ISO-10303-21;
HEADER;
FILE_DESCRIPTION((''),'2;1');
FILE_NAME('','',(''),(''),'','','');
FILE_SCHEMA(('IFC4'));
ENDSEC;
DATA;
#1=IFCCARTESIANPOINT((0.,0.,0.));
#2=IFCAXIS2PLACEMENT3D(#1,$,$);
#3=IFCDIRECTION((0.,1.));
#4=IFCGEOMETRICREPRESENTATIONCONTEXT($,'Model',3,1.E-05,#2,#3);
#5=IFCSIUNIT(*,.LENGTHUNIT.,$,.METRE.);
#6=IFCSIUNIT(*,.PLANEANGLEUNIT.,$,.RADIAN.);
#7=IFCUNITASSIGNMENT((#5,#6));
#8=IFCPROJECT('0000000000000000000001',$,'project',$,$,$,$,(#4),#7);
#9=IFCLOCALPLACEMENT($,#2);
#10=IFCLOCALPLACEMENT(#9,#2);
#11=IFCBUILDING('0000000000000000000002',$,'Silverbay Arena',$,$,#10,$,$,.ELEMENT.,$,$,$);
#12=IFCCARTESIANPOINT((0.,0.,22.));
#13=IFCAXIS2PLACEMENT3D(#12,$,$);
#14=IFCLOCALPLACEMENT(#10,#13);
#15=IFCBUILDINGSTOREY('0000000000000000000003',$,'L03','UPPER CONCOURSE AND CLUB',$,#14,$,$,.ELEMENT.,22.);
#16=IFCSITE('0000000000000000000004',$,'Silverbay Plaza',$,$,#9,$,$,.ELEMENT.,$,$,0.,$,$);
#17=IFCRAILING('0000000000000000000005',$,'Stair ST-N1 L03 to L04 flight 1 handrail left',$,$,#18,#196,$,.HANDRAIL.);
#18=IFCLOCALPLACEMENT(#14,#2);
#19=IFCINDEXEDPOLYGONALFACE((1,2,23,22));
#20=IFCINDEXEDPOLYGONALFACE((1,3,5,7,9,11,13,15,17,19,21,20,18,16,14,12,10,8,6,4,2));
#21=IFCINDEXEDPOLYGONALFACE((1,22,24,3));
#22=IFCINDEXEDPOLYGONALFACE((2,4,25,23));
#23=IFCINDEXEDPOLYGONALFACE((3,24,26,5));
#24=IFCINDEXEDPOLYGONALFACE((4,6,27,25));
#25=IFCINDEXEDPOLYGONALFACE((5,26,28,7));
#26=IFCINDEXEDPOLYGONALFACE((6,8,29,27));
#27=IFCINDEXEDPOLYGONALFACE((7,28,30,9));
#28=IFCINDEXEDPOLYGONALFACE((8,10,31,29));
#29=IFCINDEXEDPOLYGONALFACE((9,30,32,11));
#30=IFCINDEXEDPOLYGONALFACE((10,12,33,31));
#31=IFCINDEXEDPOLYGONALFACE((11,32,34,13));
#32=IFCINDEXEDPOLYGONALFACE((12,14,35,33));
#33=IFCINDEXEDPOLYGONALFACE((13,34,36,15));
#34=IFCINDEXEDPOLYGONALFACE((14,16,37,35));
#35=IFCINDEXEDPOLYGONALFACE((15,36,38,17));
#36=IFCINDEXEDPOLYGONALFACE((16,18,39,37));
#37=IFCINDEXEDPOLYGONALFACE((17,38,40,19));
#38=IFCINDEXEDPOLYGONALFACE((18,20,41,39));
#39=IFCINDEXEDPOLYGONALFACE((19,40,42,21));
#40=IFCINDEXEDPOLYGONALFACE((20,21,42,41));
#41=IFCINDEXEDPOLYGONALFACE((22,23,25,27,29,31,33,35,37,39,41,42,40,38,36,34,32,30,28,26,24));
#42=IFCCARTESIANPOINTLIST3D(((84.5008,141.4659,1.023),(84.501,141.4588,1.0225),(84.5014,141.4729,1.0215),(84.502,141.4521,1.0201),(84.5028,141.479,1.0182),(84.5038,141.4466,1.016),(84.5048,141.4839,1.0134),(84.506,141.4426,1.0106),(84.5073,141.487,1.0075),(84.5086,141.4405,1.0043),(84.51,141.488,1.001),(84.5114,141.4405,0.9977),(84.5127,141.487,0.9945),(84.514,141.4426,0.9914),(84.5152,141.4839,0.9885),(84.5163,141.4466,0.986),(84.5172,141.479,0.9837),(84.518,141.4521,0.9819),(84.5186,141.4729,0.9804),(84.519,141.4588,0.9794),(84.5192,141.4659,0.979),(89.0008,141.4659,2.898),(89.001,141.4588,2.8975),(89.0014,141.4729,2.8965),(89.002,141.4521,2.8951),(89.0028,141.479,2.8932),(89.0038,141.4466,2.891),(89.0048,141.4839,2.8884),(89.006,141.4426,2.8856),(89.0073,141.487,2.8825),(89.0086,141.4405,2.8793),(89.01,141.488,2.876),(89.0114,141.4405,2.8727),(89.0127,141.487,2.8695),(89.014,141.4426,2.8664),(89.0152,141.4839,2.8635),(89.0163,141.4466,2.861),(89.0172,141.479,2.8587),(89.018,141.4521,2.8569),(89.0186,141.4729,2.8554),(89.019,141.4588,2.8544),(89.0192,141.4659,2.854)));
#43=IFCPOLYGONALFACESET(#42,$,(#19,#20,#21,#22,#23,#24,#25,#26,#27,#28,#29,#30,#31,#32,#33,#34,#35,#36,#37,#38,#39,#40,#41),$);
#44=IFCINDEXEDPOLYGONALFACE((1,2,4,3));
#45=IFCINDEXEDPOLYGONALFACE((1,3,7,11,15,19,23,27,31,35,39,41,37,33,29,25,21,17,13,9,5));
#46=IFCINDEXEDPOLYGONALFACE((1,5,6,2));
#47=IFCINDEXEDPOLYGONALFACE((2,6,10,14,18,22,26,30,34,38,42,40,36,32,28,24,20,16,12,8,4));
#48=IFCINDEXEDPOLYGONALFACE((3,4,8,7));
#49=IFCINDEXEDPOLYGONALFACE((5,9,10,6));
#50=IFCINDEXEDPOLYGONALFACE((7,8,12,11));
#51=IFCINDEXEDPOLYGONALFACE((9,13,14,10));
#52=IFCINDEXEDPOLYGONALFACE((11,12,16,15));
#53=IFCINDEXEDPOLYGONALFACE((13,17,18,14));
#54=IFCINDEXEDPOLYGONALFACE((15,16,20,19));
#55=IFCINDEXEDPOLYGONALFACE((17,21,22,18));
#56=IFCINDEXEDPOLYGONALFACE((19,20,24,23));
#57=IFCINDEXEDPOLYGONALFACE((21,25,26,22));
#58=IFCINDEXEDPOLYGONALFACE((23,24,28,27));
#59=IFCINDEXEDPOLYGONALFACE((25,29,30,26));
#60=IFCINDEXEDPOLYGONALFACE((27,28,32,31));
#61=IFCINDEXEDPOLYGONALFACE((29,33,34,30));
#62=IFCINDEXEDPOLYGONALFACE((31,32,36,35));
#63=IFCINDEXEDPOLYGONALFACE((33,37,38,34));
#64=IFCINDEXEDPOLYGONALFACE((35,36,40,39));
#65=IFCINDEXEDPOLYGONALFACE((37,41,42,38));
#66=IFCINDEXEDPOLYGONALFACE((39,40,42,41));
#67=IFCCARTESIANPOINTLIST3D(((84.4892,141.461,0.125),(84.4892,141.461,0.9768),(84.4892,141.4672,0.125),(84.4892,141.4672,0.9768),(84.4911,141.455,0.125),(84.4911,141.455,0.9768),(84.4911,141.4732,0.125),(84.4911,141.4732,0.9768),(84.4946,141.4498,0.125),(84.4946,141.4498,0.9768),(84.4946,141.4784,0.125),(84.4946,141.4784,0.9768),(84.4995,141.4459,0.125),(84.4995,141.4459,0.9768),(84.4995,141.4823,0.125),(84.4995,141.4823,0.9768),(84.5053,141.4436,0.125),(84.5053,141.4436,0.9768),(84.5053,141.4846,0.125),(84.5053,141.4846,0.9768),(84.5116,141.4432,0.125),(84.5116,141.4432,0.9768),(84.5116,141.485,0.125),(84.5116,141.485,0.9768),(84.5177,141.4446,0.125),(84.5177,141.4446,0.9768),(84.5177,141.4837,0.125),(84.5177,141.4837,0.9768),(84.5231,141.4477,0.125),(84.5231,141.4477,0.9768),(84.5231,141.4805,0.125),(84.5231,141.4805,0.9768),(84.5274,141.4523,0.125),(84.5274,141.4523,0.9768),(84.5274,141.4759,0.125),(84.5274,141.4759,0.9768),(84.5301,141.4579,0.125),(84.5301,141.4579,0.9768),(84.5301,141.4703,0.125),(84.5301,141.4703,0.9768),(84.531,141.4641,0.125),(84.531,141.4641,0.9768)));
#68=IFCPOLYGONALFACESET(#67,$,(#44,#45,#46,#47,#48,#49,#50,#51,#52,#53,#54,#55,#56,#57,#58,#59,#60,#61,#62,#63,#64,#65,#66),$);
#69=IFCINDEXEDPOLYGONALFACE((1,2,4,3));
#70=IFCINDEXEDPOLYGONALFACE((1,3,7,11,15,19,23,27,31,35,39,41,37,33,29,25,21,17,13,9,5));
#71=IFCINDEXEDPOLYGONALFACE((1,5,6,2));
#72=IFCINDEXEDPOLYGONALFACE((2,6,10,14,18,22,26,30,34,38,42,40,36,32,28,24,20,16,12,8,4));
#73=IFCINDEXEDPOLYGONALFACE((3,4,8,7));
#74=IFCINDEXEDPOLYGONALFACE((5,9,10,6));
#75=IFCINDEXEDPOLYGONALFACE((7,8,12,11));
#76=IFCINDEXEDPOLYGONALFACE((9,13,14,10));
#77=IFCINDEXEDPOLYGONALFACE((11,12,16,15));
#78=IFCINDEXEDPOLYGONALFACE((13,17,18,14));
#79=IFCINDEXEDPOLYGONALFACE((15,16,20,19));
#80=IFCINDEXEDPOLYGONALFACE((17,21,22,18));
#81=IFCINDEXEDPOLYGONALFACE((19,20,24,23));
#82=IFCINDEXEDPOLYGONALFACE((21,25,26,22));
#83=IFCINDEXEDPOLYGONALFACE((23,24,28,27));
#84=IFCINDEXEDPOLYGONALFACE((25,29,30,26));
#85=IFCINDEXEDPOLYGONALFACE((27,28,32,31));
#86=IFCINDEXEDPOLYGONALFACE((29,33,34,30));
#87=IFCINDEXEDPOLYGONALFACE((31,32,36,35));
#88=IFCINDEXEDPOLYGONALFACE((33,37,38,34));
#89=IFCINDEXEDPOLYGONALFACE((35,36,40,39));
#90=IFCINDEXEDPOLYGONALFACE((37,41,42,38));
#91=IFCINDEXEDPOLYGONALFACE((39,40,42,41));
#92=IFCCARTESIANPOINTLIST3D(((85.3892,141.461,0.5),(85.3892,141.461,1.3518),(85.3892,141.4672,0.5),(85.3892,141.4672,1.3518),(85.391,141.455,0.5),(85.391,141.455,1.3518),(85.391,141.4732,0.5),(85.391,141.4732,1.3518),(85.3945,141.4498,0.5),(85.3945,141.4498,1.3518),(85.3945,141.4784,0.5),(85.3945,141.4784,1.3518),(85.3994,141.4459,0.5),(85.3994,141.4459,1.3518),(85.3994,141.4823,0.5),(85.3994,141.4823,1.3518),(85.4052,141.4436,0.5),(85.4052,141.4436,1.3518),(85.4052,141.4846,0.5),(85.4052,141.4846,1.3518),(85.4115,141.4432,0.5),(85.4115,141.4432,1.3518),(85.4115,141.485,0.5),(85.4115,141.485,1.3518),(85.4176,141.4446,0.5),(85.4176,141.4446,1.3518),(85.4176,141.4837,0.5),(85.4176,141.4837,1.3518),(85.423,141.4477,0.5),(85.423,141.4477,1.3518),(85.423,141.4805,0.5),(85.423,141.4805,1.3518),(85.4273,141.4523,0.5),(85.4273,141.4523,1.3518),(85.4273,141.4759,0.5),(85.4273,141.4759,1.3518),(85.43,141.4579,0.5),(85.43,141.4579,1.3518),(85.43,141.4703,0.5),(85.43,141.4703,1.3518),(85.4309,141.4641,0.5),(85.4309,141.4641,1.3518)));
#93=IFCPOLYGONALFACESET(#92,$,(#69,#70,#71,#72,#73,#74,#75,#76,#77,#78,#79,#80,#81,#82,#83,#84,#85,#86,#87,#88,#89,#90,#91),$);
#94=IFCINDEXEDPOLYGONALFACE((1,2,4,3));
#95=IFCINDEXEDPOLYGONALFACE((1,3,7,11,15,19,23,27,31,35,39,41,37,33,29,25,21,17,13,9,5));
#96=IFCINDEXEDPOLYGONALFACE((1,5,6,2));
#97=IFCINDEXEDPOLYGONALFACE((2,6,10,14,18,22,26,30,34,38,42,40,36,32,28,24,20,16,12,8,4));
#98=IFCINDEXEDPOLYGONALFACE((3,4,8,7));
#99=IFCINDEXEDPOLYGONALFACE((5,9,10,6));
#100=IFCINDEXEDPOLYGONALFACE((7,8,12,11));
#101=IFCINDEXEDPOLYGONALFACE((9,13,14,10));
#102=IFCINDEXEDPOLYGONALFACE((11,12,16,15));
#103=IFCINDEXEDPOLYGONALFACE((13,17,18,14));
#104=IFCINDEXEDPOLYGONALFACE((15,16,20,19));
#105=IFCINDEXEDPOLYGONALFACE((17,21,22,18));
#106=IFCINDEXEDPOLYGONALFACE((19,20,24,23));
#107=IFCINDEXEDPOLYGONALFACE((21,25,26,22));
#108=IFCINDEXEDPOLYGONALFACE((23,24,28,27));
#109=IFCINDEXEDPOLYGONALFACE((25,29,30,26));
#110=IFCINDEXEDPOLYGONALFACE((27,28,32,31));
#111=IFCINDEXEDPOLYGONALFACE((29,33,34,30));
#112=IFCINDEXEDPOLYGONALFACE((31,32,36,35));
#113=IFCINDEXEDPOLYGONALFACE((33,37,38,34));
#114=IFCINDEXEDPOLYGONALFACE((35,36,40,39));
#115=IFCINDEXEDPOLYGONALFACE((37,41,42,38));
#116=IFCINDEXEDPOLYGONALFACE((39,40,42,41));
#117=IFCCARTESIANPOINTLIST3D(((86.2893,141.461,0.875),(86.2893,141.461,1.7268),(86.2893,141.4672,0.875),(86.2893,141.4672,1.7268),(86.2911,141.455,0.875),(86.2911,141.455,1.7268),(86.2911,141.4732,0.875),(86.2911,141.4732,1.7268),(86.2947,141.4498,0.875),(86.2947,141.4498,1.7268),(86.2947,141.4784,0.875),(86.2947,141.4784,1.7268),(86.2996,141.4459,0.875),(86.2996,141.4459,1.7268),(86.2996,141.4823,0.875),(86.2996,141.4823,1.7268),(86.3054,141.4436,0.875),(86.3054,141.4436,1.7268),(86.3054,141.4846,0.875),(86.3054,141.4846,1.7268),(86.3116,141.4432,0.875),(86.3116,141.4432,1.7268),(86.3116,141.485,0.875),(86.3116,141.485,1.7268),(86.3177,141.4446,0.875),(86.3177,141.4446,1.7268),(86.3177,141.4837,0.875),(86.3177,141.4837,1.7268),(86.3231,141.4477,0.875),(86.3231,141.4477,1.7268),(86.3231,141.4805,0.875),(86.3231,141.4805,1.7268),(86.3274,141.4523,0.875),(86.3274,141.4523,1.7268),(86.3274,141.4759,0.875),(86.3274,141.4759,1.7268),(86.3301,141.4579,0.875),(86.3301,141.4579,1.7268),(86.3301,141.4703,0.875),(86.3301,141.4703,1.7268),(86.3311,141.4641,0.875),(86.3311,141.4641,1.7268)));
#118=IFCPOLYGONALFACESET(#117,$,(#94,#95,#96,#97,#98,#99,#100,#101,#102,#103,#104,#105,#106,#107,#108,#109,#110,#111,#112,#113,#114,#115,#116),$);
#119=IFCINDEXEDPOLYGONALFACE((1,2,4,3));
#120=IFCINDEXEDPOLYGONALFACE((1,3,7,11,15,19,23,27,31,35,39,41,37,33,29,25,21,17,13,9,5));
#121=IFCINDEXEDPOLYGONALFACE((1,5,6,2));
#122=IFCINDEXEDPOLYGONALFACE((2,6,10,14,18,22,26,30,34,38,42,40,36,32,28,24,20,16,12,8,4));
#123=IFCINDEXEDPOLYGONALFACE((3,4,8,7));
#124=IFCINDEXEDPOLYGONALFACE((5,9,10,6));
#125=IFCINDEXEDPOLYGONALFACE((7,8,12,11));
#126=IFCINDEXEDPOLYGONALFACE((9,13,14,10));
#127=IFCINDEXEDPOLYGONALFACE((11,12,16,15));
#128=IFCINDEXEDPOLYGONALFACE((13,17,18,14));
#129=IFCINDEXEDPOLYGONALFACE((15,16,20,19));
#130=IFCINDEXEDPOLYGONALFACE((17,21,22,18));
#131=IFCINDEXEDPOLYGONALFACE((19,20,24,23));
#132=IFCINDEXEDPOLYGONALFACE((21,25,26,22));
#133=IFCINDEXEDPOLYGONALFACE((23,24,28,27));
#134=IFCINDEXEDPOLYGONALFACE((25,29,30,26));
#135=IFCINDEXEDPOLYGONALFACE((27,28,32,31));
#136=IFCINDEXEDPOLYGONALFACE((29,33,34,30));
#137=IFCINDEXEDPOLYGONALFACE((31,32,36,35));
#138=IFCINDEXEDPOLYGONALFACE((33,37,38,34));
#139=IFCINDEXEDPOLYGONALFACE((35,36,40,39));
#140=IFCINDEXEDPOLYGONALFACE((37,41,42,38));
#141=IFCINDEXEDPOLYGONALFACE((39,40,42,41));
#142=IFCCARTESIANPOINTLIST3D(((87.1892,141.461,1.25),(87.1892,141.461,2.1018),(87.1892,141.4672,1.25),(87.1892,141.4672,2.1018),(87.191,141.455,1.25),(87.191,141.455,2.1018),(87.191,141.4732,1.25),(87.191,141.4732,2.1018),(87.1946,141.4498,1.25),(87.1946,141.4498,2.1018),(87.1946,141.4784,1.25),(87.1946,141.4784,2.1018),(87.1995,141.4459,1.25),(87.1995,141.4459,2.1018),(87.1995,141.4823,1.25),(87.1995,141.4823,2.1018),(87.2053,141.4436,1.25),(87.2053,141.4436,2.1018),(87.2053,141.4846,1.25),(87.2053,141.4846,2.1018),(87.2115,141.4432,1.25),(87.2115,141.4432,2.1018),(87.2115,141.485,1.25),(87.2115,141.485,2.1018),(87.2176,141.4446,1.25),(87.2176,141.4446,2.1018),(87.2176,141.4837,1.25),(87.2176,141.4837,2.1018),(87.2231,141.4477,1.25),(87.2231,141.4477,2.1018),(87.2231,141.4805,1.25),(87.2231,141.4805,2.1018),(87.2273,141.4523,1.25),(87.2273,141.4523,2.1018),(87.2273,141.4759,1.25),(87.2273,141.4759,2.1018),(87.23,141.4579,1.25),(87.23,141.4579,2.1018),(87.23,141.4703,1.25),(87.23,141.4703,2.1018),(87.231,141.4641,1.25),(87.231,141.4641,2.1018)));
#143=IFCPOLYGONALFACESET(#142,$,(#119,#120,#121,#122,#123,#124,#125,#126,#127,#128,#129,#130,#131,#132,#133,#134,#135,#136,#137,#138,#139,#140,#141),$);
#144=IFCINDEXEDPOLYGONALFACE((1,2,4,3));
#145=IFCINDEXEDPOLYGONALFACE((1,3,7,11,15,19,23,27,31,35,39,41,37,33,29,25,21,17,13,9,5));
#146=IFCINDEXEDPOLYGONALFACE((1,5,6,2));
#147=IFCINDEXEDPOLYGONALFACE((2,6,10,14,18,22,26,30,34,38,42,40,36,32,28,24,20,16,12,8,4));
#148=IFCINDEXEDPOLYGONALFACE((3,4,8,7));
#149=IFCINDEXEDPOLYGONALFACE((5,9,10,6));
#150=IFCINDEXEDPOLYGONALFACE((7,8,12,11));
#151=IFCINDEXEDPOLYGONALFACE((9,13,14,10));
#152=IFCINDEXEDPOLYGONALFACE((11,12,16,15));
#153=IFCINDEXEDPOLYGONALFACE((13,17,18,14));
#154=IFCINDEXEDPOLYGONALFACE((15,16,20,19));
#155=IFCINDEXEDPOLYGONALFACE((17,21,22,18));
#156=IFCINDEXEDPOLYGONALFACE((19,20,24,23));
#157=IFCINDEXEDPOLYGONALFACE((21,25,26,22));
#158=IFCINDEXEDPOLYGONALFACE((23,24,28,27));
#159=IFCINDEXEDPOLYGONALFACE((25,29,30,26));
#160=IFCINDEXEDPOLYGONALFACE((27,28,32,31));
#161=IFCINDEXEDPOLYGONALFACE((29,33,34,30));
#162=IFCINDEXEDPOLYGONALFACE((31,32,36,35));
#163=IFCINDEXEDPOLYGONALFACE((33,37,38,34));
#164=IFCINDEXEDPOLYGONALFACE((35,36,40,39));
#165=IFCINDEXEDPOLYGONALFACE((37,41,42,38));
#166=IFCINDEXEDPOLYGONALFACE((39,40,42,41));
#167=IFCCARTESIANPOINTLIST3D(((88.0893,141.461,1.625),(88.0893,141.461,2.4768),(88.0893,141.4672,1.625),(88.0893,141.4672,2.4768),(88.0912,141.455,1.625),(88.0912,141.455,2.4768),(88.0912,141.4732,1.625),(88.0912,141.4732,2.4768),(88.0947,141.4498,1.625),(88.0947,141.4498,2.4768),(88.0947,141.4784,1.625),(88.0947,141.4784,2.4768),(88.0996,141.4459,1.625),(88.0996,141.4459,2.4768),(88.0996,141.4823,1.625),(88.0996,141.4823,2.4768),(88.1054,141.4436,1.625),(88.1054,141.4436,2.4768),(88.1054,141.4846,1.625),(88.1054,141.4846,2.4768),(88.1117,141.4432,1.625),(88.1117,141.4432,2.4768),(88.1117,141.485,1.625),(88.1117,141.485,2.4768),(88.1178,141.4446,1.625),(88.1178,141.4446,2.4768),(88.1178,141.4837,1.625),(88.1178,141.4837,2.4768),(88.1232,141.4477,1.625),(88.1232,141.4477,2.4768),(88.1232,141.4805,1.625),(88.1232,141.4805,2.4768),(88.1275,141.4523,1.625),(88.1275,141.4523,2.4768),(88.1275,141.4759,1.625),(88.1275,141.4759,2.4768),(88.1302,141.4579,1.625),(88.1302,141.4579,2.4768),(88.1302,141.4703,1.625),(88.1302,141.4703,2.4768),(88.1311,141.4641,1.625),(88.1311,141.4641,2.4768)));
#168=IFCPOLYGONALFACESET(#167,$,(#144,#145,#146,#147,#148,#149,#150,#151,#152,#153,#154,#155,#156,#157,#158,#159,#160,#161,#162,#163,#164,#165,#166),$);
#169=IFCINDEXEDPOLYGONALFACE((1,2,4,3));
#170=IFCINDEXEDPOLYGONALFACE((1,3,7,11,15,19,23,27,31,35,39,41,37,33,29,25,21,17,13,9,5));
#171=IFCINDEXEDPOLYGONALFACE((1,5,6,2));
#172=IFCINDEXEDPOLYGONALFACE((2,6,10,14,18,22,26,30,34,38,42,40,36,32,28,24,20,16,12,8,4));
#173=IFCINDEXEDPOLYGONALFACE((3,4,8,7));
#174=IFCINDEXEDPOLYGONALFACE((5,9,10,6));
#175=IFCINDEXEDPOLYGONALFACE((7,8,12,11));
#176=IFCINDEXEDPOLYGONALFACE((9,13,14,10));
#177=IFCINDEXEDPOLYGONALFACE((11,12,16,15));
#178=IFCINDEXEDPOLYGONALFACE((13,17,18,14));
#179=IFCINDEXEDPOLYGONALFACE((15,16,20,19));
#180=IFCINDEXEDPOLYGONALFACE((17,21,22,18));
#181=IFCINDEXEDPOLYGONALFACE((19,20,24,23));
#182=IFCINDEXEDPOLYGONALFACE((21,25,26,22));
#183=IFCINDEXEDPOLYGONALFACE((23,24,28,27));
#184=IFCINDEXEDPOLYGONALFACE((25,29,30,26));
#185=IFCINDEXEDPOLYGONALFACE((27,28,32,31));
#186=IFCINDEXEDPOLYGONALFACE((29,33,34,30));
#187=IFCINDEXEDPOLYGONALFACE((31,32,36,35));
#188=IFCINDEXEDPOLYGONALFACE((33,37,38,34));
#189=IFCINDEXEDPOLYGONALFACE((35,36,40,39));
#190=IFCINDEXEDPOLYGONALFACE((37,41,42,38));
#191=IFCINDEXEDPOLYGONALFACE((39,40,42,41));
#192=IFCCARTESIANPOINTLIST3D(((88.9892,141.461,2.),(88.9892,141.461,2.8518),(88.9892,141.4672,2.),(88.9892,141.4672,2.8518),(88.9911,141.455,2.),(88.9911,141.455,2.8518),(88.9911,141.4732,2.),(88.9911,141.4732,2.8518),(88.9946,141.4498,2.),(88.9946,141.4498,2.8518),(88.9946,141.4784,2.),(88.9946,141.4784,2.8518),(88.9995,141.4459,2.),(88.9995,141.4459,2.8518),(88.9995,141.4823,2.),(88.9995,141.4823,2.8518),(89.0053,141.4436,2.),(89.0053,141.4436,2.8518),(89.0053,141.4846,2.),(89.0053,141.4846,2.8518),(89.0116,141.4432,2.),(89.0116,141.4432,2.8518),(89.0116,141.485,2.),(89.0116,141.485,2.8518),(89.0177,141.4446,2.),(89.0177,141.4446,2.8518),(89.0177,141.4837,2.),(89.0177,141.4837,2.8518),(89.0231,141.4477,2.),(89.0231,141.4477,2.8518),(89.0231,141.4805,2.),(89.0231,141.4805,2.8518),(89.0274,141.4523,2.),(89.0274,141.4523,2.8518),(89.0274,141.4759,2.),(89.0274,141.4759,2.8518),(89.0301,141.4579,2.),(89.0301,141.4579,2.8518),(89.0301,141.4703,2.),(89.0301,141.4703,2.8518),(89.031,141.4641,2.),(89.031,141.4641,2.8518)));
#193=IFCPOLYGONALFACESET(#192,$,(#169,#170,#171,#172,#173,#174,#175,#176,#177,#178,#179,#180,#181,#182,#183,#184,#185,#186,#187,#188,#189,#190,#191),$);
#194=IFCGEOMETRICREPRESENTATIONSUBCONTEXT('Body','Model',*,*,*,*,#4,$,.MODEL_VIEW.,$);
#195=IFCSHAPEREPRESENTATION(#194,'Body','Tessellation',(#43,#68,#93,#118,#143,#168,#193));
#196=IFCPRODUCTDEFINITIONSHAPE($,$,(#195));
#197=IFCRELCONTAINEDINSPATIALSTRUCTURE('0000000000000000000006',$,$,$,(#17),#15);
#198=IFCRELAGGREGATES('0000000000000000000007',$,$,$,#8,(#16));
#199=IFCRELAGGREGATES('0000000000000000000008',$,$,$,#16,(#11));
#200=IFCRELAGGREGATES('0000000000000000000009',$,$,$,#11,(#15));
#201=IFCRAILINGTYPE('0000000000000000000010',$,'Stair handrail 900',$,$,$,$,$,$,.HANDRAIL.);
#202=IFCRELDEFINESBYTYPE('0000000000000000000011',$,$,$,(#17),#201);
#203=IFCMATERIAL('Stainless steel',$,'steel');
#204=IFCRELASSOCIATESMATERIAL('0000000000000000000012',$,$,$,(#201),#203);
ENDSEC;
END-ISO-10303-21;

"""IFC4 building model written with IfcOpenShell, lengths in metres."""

from ifc_helpers import new_model, si_unit, direction, frame, origin, origin_2d, place, context, subcontext, project, spatial, circle, extrude, material, type_object, element, save


model = new_model("IFC4")

# Units and contexts
model_context = context("Model", 3, precision=1e-05, world=origin(), true_north=direction((0.0, 1.0)))
body_context = subcontext(model_context, "Body", "Model", "MODEL_VIEW")
ifc_project = project(units=[si_unit("LENGTHUNIT", "METRE"), si_unit("PLANEANGLEUNIT", "RADIAN")], contexts=[model_context])

# Site, building, storey
site_placement = place(None, origin())
site = spatial("IfcSite", under=ifc_project, at=site_placement, Name="Silverbay Plaza", CompositionType="ELEMENT", RefElevation=0.0)
building_placement = place(site_placement, origin())
building = spatial("IfcBuilding", under=site, at=building_placement, Name="Silverbay Arena", CompositionType="ELEMENT")
storey_placement = place(building_placement, frame((0.0, 0.0, 22.0)))
storey = spatial("IfcBuildingStorey", under=building, at=storey_placement, Name="L03", Description="UPPER CONCOURSE AND CLUB", CompositionType="ELEMENT", Elevation=22.0)

# Railing
ifc_material_1 = material(Name="Stainless steel", Category="steel")
railing_type_1 = type_object("IfcRailingType", Name="Stair handrail 900", PredefinedType="HANDRAIL", material=ifc_material_1)
for number, where, name in (
    (1, (84.51, 141.4641, 0.125), "Stair ST-N1 L03 to L04 flight 1 handrail left"),
):
    element("IfcRailing", number, at=place(storey_placement, frame(where)), inside=storey, type_object=railing_type_1, Name=name, PredefinedType="HANDRAIL", context=body_context, shape_type="SweptSolid", body=[
        extrude(circle(Radius=0.0239, at=origin_2d()), frame((0.0, 0.0, 0.876), z_axis=(0.923077, 0.0, 0.384615), x_axis=(0.0, 1.0, 0.0)), (0.0, 0.0, 1.0), 4.875),
        extrude(circle(Radius=0.021, at=origin_2d()), origin(), (0.0, 0.0, 1.0), 0.8518),
        extrude(circle(Radius=0.021, at=origin_2d()), frame((0.8999, 0.0, 0.375)), (0.0, 0.0, 1.0), 0.8518),
        extrude(circle(Radius=0.021, at=origin_2d()), frame((1.8, 0.0, 0.75)), (0.0, 0.0, 1.0), 0.8518),
        extrude(circle(Radius=0.021, at=origin_2d()), frame((2.7, 0.0, 1.125)), (0.0, 0.0, 1.0), 0.8518),
        extrude(circle(Radius=0.021, at=origin_2d()), frame((3.6001, 0.0, 1.5)), (0.0, 0.0, 1.0), 0.8518),
        extrude(circle(Radius=0.021, at=origin_2d()), frame((4.5, 0.0, 1.875)), (0.0, 0.0, 1.0), 0.8518),
    ])

save(model, "model.ifc")
